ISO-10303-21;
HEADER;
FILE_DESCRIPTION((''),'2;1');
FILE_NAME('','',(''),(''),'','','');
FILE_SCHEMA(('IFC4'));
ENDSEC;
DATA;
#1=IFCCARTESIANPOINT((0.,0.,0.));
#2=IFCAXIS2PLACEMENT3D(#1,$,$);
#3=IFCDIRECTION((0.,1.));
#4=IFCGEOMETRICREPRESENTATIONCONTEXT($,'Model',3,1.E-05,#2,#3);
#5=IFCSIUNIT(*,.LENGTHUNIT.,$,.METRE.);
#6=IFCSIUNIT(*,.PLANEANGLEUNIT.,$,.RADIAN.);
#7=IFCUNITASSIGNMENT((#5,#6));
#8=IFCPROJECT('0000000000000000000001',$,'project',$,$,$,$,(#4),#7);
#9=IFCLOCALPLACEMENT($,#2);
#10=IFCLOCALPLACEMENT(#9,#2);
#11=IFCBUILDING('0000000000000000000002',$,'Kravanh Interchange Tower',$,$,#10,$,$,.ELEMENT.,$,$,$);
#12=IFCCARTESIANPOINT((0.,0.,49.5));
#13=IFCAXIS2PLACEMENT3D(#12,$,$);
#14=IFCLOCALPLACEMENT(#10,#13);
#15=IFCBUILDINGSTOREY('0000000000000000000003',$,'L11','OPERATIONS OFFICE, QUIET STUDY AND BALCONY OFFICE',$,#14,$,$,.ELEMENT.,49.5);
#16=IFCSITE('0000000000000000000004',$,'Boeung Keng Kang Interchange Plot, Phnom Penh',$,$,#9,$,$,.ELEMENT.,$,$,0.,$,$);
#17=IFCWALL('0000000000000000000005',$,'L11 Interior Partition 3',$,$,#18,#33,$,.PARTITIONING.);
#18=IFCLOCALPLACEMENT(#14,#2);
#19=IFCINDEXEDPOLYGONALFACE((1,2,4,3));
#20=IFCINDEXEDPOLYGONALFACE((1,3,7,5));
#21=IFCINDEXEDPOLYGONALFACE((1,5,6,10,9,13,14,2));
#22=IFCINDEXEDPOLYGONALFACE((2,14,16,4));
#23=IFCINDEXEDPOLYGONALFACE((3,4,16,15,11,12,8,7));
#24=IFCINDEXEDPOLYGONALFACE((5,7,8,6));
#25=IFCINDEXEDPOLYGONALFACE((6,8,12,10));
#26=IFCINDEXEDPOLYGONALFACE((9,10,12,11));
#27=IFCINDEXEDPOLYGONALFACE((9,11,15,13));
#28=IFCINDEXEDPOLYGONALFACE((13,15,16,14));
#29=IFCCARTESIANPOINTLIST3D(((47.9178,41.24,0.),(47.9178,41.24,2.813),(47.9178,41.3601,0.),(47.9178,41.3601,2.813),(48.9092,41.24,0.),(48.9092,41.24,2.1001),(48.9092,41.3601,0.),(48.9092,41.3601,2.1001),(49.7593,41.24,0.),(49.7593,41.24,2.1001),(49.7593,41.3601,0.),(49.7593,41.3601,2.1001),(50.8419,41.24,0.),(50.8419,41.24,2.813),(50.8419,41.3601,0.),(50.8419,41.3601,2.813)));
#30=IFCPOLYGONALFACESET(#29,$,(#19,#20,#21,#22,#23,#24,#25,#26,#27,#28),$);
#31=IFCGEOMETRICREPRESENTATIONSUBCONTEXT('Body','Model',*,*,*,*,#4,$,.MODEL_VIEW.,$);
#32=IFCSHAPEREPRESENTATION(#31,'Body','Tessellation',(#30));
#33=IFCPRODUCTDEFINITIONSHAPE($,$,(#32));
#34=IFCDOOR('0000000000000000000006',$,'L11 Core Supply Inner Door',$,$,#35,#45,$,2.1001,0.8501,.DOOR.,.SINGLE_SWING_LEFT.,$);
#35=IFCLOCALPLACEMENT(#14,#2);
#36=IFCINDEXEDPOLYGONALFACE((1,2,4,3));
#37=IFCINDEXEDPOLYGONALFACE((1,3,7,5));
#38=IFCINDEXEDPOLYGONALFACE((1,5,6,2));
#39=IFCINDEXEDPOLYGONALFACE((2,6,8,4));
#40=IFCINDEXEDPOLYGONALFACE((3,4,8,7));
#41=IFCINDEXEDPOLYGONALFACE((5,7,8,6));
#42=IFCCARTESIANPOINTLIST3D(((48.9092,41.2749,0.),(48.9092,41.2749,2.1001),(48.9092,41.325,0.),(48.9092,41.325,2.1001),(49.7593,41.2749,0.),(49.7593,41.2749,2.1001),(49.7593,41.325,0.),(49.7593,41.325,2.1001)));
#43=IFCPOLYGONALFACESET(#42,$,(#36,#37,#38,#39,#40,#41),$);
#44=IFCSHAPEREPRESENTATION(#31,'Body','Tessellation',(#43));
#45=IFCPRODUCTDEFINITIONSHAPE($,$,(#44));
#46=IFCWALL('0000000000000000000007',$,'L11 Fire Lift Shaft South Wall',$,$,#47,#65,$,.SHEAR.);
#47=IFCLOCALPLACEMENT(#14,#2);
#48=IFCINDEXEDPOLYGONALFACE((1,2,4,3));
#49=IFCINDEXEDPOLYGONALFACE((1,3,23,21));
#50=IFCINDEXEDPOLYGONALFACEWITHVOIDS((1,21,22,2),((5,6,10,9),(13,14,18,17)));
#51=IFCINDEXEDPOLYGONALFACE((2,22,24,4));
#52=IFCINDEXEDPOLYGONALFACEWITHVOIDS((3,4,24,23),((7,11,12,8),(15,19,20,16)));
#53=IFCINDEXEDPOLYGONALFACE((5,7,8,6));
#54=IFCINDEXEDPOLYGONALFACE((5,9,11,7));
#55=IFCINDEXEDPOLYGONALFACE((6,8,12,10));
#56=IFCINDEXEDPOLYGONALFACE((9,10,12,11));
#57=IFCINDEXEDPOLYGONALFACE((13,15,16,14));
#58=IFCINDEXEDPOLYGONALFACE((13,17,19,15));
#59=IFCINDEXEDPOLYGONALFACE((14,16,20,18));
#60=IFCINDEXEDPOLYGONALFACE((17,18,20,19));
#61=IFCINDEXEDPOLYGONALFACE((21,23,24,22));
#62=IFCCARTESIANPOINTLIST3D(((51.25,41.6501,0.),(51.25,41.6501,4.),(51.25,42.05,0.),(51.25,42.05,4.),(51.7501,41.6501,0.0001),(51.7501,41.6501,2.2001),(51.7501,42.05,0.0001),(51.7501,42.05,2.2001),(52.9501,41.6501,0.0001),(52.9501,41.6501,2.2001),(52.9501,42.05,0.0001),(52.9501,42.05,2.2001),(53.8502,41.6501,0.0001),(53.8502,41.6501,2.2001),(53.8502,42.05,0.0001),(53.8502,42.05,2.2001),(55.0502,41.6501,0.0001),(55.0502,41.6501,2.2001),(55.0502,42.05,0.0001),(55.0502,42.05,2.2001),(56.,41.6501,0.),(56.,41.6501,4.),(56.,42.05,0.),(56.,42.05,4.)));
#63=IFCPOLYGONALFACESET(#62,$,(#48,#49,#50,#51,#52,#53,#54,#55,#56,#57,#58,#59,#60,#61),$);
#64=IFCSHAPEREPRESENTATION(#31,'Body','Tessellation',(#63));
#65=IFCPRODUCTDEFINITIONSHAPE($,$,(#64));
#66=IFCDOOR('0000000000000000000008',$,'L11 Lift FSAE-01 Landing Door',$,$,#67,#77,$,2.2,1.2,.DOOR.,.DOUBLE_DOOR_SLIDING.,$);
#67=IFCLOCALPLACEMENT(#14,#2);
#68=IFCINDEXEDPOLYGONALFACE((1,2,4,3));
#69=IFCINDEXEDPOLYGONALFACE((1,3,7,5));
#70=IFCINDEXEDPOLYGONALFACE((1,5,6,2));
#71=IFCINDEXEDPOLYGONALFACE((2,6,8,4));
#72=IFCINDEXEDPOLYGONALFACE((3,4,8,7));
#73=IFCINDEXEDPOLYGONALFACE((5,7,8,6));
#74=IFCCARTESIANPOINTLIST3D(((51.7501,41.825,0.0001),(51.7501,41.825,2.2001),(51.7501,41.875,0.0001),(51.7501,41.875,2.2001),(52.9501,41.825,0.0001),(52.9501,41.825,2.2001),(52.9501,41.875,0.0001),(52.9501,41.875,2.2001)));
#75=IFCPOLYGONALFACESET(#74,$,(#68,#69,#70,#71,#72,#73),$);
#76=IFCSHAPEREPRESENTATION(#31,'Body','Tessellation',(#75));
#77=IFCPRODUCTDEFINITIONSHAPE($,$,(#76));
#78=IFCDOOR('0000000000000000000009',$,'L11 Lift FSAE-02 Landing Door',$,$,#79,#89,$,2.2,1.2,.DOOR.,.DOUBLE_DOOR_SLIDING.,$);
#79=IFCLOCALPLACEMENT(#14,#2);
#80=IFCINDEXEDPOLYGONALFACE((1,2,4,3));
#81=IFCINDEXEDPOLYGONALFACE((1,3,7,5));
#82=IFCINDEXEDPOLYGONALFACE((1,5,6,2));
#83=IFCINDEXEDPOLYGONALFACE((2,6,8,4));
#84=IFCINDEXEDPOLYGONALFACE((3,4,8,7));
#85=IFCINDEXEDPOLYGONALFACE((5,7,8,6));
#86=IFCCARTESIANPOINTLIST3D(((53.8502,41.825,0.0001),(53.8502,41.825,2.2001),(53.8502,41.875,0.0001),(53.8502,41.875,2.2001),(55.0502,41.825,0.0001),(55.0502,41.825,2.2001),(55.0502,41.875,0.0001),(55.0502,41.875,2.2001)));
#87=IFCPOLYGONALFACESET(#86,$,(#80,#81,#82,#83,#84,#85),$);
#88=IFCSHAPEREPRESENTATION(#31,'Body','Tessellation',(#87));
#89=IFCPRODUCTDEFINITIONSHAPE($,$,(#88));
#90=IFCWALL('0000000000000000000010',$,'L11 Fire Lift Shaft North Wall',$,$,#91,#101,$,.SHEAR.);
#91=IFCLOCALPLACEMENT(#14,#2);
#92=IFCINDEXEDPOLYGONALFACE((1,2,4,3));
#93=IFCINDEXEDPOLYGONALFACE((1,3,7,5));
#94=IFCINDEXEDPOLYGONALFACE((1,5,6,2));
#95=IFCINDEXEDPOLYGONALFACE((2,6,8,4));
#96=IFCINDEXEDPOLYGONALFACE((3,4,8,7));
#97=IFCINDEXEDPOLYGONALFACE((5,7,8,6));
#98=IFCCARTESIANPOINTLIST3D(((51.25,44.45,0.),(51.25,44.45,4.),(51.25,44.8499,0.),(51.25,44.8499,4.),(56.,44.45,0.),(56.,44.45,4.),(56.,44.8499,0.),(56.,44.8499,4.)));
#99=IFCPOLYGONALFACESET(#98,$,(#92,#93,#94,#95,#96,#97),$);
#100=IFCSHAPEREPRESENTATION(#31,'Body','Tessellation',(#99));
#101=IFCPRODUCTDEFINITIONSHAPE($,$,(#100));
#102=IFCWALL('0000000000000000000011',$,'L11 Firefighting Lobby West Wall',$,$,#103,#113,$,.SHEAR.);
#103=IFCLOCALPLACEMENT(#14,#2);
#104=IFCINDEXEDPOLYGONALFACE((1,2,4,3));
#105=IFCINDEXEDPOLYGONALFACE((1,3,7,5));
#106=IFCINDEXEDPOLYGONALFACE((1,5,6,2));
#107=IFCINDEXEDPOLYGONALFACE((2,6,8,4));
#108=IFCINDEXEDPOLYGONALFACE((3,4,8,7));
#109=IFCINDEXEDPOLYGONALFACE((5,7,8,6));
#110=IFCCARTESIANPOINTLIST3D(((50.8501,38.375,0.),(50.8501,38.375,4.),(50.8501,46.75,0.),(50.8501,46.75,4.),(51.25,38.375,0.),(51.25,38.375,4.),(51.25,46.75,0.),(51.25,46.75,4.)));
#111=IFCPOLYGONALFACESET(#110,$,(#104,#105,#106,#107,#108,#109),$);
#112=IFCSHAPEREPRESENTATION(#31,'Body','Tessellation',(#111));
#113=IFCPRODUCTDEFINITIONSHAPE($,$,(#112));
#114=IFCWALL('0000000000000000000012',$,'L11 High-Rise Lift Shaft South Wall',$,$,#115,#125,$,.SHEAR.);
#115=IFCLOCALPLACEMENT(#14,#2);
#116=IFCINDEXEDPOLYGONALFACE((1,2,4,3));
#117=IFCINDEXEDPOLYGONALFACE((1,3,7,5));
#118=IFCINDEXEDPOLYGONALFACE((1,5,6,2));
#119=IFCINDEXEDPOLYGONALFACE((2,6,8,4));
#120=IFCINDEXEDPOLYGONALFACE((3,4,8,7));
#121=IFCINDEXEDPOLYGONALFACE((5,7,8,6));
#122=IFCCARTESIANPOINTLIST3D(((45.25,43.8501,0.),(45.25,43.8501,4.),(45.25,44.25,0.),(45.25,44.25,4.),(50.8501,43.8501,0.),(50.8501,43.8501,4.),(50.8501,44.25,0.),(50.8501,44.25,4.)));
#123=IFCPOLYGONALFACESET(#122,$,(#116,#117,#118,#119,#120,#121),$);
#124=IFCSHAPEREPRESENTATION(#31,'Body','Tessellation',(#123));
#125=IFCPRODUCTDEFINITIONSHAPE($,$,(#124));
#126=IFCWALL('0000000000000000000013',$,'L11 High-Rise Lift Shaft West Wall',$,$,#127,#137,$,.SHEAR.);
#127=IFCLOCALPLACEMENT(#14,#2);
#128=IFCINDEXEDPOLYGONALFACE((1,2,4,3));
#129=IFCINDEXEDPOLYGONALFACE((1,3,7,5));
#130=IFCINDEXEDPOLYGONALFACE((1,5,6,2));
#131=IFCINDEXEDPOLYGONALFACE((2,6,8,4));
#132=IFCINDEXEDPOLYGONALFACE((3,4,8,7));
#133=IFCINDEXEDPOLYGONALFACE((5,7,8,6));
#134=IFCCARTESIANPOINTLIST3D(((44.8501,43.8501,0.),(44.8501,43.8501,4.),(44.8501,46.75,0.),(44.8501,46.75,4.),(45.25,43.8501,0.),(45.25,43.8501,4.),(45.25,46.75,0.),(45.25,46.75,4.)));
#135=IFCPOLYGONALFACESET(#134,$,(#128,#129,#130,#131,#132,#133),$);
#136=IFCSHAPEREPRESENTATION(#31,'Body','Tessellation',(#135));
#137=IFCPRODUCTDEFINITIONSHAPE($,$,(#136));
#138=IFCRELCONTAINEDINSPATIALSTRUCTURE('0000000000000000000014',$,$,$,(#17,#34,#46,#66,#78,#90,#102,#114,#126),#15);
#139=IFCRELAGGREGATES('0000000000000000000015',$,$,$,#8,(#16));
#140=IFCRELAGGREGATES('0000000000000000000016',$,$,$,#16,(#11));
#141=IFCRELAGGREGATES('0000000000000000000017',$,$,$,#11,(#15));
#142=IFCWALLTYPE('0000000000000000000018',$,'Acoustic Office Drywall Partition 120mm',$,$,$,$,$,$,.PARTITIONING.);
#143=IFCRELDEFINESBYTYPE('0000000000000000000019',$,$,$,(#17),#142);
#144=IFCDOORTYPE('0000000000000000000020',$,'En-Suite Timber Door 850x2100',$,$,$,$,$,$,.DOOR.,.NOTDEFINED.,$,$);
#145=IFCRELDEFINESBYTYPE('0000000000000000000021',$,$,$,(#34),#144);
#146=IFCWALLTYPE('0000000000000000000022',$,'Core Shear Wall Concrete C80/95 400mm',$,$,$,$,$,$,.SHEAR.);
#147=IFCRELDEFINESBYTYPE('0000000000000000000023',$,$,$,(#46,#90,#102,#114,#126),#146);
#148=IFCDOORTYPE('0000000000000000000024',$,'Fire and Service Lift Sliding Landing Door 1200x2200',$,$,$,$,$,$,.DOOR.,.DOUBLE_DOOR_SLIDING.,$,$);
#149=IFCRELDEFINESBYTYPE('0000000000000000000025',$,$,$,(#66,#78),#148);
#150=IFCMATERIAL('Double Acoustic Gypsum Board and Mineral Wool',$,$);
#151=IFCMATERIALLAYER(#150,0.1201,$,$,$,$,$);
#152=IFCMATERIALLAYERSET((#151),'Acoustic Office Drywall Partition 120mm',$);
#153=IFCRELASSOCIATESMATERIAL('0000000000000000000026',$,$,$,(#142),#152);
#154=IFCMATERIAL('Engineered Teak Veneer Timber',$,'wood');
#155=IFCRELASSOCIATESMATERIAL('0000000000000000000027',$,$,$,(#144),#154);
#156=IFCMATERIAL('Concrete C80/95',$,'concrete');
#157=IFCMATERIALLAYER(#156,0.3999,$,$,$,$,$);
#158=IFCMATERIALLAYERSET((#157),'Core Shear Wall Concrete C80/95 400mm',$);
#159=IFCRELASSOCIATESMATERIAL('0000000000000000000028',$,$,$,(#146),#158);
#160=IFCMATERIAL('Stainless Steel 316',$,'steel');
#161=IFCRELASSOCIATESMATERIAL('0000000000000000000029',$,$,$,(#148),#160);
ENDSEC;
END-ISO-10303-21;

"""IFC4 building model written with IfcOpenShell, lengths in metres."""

from ifc_helpers import new_model, si_unit, direction, frame, frame_2d, origin, place, context, subcontext, project, spatial, rectangle, extrude, material, layer, layer_set, type_object, element, fill, save


model = new_model("IFC4")

# Units and contexts
model_context = context("Model", 3, precision=1e-05, world=origin(), true_north=direction((0.0, 1.0)))
body_context = subcontext(model_context, "Body", "Model", "MODEL_VIEW")
ifc_project = project(units=[si_unit("LENGTHUNIT", "METRE"), si_unit("PLANEANGLEUNIT", "RADIAN")], contexts=[model_context])

# Site, building, storey
site_placement = place(None, origin())
site = spatial("IfcSite", under=ifc_project, at=site_placement, Name="Boeung Keng Kang Interchange Plot, Phnom Penh", CompositionType="ELEMENT", RefElevation=0.0)
building_placement = place(site_placement, origin())
building = spatial("IfcBuilding", under=site, at=building_placement, Name="Kravanh Interchange Tower", CompositionType="ELEMENT")
storey_placement = place(building_placement, frame((0.0, 0.0, 49.5)))
storey = spatial("IfcBuildingStorey", under=building, at=storey_placement, Name="L11", Description="OPERATIONS OFFICE, QUIET STUDY AND BALCONY OFFICE", CompositionType="ELEMENT", Elevation=49.5)

# Shared definitions
ifc_material_1 = material(Name="Double Acoustic Gypsum Board and Mineral Wool")
ifc_layer_1 = layer(ifc_material_1, 0.1201)
ifc_layer_set_1 = layer_set([ifc_layer_1], Name="Acoustic Office Drywall Partition 120mm")
wall_type_1 = type_object("IfcWallType", Name="Acoustic Office Drywall Partition 120mm", PredefinedType="PARTITIONING", material=ifc_layer_set_1)

# Wall, opening, door
wall_1_placement = place(storey_placement, frame((47.918, 41.3, 0.0), z_axis=(0.0, 0.0, 1.0), x_axis=(1.0, 0.0, 0.0)))
wall_1 = element("IfcWall", 1, at=wall_1_placement, inside=storey, type_object=wall_type_1, Name="L11 Interior Partition 3", PredefinedType="PARTITIONING", context=body_context, shape_type="SweptSolid", body=[
    extrude(rectangle(XDim=2.9241, YDim=0.1201, at=frame_2d((1.4619, 0.0))), origin(), (0.0, 0.0, 1.0), 2.813),
])
opening_1_placement = place(wall_1_placement, frame((0.9912, 0.0, 0.0)))
opening_1 = element("IfcOpeningElement", 2, at=opening_1_placement, cuts=wall_1, PredefinedType="OPENING", context=body_context, shape_type="SweptSolid", body=[
    extrude(rectangle(XDim=0.8501, YDim=2.1001, at=frame_2d((0.425, 1.05))), frame((0.0, 0.0701, 0.0), z_axis=(0.0, -1.0, 0.0), x_axis=(1.0, 0.0, 0.0)), (0.0, 0.0, 1.0), 0.1401),
])
ifc_material_2 = material(Name="Engineered Teak Veneer Timber", Category="wood")
door_type_1 = type_object("IfcDoorType", Name="En-Suite Timber Door 850x2100", OperationType="NOTDEFINED", PredefinedType="DOOR", material=ifc_material_2)
door_1_placement = place(opening_1_placement, origin())
door_1 = element("IfcDoor", 3, at=door_1_placement, inside=storey, type_object=door_type_1, Name="L11 Core Supply Inner Door", OperationType="SINGLE_SWING_LEFT", OverallHeight=2.1001, OverallWidth=0.8501, PredefinedType="DOOR", context=body_context, shape_type="SweptSolid", body=[
    extrude(rectangle(XDim=0.8501, YDim=2.1001, at=frame_2d((0.425, 1.05))), frame((0.0, 0.0249, 0.0), z_axis=(0.0, -1.0, 0.0), x_axis=(1.0, 0.0, 0.0)), (0.0, 0.0, 1.0), 0.05),
])
fill(opening_1, door_1)

# Wall, openings, doors
ifc_material_3 = material(Name="Concrete C80/95", Category="concrete")
ifc_layer_2 = layer(ifc_material_3, 0.3999)
ifc_layer_set_2 = layer_set([ifc_layer_2], Name="Core Shear Wall Concrete C80/95 400mm")
wall_type_2 = type_object("IfcWallType", Name="Core Shear Wall Concrete C80/95 400mm", PredefinedType="SHEAR", material=ifc_layer_set_2)
wall_2_placement = place(storey_placement, frame((51.25, 41.8501, 0.0), z_axis=(0.0, 0.0, 1.0), x_axis=(1.0, 0.0, 0.0)))
wall_2 = element("IfcWall", 4, at=wall_2_placement, inside=storey, type_object=wall_type_2, Name="L11 Fire Lift Shaft South Wall", PredefinedType="SHEAR", context=body_context, shape_type="SweptSolid", body=[
    extrude(rectangle(XDim=4.75, YDim=0.3999, at=frame_2d((2.375, 0.0))), origin(), (0.0, 0.0, 1.0), 4.0),
])
opening_2_placement = place(wall_2_placement, frame((0.5, 0.0, 0.0)))
opening_2 = element("IfcOpeningElement", 5, at=opening_2_placement, cuts=wall_2, PredefinedType="OPENING", context=body_context, shape_type="SweptSolid", body=[
    extrude(rectangle(XDim=1.2, YDim=2.2, at=frame_2d((0.6001, 1.1001))), frame((0.0, 0.21, 0.0), z_axis=(0.0, -1.0, 0.0), x_axis=(1.0, 0.0, 0.0)), (0.0, 0.0, 1.0), 0.4199),
])
opening_3_placement = place(wall_2_placement, frame((2.6001, 0.0, 0.0)))
opening_3 = element("IfcOpeningElement", 6, at=opening_3_placement, cuts=wall_2, PredefinedType="OPENING", context=body_context, shape_type="SweptSolid", body=[
    extrude(rectangle(XDim=1.2, YDim=2.2, at=frame_2d((0.6001, 1.1001))), frame((0.0, 0.21, 0.0), z_axis=(0.0, -1.0, 0.0), x_axis=(1.0, 0.0, 0.0)), (0.0, 0.0, 1.0), 0.4199),
])
ifc_material_4 = material(Name="Stainless Steel 316", Category="steel")
door_type_2 = type_object("IfcDoorType", Name="Fire and Service Lift Sliding Landing Door 1200x2200", OperationType="DOUBLE_DOOR_SLIDING", PredefinedType="DOOR", material=ifc_material_4)
door_2_placement = place(opening_2_placement, origin())
door_2 = element("IfcDoor", 7, at=door_2_placement, inside=storey, type_object=door_type_2, Name="L11 Lift FSAE-01 Landing Door", OperationType="DOUBLE_DOOR_SLIDING", OverallHeight=2.2, OverallWidth=1.2, PredefinedType="DOOR", context=body_context, shape_type="SweptSolid", body=[
    extrude(rectangle(XDim=1.2, YDim=2.2, at=frame_2d((0.6001, 1.1001))), frame((0.0, 0.0249, 0.0), z_axis=(0.0, -1.0, 0.0), x_axis=(1.0, 0.0, 0.0)), (0.0, 0.0, 1.0), 0.05),
])
fill(opening_2, door_2)
door_3_placement = place(opening_3_placement, origin())
door_3 = element("IfcDoor", 8, at=door_3_placement, inside=storey, type_object=door_type_2, Name="L11 Lift FSAE-02 Landing Door", OperationType="DOUBLE_DOOR_SLIDING", OverallHeight=2.2, OverallWidth=1.2, PredefinedType="DOOR", context=body_context, shape_type="SweptSolid", body=[
    extrude(rectangle(XDim=1.2, YDim=2.2, at=frame_2d((0.6001, 1.1001))), frame((0.0, 0.0249, 0.0), z_axis=(0.0, -1.0, 0.0), x_axis=(1.0, 0.0, 0.0)), (0.0, 0.0, 1.0), 0.05),
])
fill(opening_3, door_3)

# Walls
wall_3_placement = place(storey_placement, frame((51.25, 44.6499, 0.0), z_axis=(0.0, 0.0, 1.0), x_axis=(1.0, 0.0, 0.0)))
element("IfcWall", 9, at=wall_3_placement, inside=storey, type_object=wall_type_2, Name="L11 Fire Lift Shaft North Wall", PredefinedType="SHEAR", context=body_context, shape_type="SweptSolid", body=[
    extrude(rectangle(XDim=4.75, YDim=0.3999, at=frame_2d((2.375, 0.0))), origin(), (0.0, 0.0, 1.0), 4.0),
])
wall_4_placement = place(storey_placement, frame((51.05, 38.375, 0.0), z_axis=(0.0, 0.0, 1.0), x_axis=(0.0, 1.0, 0.0)))
element("IfcWall", 10, at=wall_4_placement, inside=storey, type_object=wall_type_2, Name="L11 Firefighting Lobby West Wall", PredefinedType="SHEAR", context=body_context, shape_type="SweptSolid", body=[
    extrude(rectangle(XDim=8.375, YDim=0.3999, at=frame_2d((4.1875, 0.0))), origin(), (0.0, 0.0, 1.0), 4.0),
])
wall_5_placement = place(storey_placement, frame((45.25, 44.05, 0.0), z_axis=(0.0, 0.0, 1.0), x_axis=(1.0, 0.0, 0.0)))
element("IfcWall", 11, at=wall_5_placement, inside=storey, type_object=wall_type_2, Name="L11 High-Rise Lift Shaft South Wall", PredefinedType="SHEAR", context=body_context, shape_type="SweptSolid", body=[
    extrude(rectangle(XDim=5.6001, YDim=0.3999, at=frame_2d((2.8, 0.0))), origin(), (0.0, 0.0, 1.0), 4.0),
])
wall_6_placement = place(storey_placement, frame((45.05, 43.8501, 0.0), z_axis=(0.0, 0.0, 1.0), x_axis=(0.0, 1.0, 0.0)))
element("IfcWall", 12, at=wall_6_placement, inside=storey, type_object=wall_type_2, Name="L11 High-Rise Lift Shaft West Wall", PredefinedType="SHEAR", context=body_context, shape_type="SweptSolid", body=[
    extrude(rectangle(XDim=2.8999, YDim=0.3999, at=frame_2d((1.45, 0.0))), origin(), (0.0, 0.0, 1.0), 4.0),
])

save(model, "model.ifc")
